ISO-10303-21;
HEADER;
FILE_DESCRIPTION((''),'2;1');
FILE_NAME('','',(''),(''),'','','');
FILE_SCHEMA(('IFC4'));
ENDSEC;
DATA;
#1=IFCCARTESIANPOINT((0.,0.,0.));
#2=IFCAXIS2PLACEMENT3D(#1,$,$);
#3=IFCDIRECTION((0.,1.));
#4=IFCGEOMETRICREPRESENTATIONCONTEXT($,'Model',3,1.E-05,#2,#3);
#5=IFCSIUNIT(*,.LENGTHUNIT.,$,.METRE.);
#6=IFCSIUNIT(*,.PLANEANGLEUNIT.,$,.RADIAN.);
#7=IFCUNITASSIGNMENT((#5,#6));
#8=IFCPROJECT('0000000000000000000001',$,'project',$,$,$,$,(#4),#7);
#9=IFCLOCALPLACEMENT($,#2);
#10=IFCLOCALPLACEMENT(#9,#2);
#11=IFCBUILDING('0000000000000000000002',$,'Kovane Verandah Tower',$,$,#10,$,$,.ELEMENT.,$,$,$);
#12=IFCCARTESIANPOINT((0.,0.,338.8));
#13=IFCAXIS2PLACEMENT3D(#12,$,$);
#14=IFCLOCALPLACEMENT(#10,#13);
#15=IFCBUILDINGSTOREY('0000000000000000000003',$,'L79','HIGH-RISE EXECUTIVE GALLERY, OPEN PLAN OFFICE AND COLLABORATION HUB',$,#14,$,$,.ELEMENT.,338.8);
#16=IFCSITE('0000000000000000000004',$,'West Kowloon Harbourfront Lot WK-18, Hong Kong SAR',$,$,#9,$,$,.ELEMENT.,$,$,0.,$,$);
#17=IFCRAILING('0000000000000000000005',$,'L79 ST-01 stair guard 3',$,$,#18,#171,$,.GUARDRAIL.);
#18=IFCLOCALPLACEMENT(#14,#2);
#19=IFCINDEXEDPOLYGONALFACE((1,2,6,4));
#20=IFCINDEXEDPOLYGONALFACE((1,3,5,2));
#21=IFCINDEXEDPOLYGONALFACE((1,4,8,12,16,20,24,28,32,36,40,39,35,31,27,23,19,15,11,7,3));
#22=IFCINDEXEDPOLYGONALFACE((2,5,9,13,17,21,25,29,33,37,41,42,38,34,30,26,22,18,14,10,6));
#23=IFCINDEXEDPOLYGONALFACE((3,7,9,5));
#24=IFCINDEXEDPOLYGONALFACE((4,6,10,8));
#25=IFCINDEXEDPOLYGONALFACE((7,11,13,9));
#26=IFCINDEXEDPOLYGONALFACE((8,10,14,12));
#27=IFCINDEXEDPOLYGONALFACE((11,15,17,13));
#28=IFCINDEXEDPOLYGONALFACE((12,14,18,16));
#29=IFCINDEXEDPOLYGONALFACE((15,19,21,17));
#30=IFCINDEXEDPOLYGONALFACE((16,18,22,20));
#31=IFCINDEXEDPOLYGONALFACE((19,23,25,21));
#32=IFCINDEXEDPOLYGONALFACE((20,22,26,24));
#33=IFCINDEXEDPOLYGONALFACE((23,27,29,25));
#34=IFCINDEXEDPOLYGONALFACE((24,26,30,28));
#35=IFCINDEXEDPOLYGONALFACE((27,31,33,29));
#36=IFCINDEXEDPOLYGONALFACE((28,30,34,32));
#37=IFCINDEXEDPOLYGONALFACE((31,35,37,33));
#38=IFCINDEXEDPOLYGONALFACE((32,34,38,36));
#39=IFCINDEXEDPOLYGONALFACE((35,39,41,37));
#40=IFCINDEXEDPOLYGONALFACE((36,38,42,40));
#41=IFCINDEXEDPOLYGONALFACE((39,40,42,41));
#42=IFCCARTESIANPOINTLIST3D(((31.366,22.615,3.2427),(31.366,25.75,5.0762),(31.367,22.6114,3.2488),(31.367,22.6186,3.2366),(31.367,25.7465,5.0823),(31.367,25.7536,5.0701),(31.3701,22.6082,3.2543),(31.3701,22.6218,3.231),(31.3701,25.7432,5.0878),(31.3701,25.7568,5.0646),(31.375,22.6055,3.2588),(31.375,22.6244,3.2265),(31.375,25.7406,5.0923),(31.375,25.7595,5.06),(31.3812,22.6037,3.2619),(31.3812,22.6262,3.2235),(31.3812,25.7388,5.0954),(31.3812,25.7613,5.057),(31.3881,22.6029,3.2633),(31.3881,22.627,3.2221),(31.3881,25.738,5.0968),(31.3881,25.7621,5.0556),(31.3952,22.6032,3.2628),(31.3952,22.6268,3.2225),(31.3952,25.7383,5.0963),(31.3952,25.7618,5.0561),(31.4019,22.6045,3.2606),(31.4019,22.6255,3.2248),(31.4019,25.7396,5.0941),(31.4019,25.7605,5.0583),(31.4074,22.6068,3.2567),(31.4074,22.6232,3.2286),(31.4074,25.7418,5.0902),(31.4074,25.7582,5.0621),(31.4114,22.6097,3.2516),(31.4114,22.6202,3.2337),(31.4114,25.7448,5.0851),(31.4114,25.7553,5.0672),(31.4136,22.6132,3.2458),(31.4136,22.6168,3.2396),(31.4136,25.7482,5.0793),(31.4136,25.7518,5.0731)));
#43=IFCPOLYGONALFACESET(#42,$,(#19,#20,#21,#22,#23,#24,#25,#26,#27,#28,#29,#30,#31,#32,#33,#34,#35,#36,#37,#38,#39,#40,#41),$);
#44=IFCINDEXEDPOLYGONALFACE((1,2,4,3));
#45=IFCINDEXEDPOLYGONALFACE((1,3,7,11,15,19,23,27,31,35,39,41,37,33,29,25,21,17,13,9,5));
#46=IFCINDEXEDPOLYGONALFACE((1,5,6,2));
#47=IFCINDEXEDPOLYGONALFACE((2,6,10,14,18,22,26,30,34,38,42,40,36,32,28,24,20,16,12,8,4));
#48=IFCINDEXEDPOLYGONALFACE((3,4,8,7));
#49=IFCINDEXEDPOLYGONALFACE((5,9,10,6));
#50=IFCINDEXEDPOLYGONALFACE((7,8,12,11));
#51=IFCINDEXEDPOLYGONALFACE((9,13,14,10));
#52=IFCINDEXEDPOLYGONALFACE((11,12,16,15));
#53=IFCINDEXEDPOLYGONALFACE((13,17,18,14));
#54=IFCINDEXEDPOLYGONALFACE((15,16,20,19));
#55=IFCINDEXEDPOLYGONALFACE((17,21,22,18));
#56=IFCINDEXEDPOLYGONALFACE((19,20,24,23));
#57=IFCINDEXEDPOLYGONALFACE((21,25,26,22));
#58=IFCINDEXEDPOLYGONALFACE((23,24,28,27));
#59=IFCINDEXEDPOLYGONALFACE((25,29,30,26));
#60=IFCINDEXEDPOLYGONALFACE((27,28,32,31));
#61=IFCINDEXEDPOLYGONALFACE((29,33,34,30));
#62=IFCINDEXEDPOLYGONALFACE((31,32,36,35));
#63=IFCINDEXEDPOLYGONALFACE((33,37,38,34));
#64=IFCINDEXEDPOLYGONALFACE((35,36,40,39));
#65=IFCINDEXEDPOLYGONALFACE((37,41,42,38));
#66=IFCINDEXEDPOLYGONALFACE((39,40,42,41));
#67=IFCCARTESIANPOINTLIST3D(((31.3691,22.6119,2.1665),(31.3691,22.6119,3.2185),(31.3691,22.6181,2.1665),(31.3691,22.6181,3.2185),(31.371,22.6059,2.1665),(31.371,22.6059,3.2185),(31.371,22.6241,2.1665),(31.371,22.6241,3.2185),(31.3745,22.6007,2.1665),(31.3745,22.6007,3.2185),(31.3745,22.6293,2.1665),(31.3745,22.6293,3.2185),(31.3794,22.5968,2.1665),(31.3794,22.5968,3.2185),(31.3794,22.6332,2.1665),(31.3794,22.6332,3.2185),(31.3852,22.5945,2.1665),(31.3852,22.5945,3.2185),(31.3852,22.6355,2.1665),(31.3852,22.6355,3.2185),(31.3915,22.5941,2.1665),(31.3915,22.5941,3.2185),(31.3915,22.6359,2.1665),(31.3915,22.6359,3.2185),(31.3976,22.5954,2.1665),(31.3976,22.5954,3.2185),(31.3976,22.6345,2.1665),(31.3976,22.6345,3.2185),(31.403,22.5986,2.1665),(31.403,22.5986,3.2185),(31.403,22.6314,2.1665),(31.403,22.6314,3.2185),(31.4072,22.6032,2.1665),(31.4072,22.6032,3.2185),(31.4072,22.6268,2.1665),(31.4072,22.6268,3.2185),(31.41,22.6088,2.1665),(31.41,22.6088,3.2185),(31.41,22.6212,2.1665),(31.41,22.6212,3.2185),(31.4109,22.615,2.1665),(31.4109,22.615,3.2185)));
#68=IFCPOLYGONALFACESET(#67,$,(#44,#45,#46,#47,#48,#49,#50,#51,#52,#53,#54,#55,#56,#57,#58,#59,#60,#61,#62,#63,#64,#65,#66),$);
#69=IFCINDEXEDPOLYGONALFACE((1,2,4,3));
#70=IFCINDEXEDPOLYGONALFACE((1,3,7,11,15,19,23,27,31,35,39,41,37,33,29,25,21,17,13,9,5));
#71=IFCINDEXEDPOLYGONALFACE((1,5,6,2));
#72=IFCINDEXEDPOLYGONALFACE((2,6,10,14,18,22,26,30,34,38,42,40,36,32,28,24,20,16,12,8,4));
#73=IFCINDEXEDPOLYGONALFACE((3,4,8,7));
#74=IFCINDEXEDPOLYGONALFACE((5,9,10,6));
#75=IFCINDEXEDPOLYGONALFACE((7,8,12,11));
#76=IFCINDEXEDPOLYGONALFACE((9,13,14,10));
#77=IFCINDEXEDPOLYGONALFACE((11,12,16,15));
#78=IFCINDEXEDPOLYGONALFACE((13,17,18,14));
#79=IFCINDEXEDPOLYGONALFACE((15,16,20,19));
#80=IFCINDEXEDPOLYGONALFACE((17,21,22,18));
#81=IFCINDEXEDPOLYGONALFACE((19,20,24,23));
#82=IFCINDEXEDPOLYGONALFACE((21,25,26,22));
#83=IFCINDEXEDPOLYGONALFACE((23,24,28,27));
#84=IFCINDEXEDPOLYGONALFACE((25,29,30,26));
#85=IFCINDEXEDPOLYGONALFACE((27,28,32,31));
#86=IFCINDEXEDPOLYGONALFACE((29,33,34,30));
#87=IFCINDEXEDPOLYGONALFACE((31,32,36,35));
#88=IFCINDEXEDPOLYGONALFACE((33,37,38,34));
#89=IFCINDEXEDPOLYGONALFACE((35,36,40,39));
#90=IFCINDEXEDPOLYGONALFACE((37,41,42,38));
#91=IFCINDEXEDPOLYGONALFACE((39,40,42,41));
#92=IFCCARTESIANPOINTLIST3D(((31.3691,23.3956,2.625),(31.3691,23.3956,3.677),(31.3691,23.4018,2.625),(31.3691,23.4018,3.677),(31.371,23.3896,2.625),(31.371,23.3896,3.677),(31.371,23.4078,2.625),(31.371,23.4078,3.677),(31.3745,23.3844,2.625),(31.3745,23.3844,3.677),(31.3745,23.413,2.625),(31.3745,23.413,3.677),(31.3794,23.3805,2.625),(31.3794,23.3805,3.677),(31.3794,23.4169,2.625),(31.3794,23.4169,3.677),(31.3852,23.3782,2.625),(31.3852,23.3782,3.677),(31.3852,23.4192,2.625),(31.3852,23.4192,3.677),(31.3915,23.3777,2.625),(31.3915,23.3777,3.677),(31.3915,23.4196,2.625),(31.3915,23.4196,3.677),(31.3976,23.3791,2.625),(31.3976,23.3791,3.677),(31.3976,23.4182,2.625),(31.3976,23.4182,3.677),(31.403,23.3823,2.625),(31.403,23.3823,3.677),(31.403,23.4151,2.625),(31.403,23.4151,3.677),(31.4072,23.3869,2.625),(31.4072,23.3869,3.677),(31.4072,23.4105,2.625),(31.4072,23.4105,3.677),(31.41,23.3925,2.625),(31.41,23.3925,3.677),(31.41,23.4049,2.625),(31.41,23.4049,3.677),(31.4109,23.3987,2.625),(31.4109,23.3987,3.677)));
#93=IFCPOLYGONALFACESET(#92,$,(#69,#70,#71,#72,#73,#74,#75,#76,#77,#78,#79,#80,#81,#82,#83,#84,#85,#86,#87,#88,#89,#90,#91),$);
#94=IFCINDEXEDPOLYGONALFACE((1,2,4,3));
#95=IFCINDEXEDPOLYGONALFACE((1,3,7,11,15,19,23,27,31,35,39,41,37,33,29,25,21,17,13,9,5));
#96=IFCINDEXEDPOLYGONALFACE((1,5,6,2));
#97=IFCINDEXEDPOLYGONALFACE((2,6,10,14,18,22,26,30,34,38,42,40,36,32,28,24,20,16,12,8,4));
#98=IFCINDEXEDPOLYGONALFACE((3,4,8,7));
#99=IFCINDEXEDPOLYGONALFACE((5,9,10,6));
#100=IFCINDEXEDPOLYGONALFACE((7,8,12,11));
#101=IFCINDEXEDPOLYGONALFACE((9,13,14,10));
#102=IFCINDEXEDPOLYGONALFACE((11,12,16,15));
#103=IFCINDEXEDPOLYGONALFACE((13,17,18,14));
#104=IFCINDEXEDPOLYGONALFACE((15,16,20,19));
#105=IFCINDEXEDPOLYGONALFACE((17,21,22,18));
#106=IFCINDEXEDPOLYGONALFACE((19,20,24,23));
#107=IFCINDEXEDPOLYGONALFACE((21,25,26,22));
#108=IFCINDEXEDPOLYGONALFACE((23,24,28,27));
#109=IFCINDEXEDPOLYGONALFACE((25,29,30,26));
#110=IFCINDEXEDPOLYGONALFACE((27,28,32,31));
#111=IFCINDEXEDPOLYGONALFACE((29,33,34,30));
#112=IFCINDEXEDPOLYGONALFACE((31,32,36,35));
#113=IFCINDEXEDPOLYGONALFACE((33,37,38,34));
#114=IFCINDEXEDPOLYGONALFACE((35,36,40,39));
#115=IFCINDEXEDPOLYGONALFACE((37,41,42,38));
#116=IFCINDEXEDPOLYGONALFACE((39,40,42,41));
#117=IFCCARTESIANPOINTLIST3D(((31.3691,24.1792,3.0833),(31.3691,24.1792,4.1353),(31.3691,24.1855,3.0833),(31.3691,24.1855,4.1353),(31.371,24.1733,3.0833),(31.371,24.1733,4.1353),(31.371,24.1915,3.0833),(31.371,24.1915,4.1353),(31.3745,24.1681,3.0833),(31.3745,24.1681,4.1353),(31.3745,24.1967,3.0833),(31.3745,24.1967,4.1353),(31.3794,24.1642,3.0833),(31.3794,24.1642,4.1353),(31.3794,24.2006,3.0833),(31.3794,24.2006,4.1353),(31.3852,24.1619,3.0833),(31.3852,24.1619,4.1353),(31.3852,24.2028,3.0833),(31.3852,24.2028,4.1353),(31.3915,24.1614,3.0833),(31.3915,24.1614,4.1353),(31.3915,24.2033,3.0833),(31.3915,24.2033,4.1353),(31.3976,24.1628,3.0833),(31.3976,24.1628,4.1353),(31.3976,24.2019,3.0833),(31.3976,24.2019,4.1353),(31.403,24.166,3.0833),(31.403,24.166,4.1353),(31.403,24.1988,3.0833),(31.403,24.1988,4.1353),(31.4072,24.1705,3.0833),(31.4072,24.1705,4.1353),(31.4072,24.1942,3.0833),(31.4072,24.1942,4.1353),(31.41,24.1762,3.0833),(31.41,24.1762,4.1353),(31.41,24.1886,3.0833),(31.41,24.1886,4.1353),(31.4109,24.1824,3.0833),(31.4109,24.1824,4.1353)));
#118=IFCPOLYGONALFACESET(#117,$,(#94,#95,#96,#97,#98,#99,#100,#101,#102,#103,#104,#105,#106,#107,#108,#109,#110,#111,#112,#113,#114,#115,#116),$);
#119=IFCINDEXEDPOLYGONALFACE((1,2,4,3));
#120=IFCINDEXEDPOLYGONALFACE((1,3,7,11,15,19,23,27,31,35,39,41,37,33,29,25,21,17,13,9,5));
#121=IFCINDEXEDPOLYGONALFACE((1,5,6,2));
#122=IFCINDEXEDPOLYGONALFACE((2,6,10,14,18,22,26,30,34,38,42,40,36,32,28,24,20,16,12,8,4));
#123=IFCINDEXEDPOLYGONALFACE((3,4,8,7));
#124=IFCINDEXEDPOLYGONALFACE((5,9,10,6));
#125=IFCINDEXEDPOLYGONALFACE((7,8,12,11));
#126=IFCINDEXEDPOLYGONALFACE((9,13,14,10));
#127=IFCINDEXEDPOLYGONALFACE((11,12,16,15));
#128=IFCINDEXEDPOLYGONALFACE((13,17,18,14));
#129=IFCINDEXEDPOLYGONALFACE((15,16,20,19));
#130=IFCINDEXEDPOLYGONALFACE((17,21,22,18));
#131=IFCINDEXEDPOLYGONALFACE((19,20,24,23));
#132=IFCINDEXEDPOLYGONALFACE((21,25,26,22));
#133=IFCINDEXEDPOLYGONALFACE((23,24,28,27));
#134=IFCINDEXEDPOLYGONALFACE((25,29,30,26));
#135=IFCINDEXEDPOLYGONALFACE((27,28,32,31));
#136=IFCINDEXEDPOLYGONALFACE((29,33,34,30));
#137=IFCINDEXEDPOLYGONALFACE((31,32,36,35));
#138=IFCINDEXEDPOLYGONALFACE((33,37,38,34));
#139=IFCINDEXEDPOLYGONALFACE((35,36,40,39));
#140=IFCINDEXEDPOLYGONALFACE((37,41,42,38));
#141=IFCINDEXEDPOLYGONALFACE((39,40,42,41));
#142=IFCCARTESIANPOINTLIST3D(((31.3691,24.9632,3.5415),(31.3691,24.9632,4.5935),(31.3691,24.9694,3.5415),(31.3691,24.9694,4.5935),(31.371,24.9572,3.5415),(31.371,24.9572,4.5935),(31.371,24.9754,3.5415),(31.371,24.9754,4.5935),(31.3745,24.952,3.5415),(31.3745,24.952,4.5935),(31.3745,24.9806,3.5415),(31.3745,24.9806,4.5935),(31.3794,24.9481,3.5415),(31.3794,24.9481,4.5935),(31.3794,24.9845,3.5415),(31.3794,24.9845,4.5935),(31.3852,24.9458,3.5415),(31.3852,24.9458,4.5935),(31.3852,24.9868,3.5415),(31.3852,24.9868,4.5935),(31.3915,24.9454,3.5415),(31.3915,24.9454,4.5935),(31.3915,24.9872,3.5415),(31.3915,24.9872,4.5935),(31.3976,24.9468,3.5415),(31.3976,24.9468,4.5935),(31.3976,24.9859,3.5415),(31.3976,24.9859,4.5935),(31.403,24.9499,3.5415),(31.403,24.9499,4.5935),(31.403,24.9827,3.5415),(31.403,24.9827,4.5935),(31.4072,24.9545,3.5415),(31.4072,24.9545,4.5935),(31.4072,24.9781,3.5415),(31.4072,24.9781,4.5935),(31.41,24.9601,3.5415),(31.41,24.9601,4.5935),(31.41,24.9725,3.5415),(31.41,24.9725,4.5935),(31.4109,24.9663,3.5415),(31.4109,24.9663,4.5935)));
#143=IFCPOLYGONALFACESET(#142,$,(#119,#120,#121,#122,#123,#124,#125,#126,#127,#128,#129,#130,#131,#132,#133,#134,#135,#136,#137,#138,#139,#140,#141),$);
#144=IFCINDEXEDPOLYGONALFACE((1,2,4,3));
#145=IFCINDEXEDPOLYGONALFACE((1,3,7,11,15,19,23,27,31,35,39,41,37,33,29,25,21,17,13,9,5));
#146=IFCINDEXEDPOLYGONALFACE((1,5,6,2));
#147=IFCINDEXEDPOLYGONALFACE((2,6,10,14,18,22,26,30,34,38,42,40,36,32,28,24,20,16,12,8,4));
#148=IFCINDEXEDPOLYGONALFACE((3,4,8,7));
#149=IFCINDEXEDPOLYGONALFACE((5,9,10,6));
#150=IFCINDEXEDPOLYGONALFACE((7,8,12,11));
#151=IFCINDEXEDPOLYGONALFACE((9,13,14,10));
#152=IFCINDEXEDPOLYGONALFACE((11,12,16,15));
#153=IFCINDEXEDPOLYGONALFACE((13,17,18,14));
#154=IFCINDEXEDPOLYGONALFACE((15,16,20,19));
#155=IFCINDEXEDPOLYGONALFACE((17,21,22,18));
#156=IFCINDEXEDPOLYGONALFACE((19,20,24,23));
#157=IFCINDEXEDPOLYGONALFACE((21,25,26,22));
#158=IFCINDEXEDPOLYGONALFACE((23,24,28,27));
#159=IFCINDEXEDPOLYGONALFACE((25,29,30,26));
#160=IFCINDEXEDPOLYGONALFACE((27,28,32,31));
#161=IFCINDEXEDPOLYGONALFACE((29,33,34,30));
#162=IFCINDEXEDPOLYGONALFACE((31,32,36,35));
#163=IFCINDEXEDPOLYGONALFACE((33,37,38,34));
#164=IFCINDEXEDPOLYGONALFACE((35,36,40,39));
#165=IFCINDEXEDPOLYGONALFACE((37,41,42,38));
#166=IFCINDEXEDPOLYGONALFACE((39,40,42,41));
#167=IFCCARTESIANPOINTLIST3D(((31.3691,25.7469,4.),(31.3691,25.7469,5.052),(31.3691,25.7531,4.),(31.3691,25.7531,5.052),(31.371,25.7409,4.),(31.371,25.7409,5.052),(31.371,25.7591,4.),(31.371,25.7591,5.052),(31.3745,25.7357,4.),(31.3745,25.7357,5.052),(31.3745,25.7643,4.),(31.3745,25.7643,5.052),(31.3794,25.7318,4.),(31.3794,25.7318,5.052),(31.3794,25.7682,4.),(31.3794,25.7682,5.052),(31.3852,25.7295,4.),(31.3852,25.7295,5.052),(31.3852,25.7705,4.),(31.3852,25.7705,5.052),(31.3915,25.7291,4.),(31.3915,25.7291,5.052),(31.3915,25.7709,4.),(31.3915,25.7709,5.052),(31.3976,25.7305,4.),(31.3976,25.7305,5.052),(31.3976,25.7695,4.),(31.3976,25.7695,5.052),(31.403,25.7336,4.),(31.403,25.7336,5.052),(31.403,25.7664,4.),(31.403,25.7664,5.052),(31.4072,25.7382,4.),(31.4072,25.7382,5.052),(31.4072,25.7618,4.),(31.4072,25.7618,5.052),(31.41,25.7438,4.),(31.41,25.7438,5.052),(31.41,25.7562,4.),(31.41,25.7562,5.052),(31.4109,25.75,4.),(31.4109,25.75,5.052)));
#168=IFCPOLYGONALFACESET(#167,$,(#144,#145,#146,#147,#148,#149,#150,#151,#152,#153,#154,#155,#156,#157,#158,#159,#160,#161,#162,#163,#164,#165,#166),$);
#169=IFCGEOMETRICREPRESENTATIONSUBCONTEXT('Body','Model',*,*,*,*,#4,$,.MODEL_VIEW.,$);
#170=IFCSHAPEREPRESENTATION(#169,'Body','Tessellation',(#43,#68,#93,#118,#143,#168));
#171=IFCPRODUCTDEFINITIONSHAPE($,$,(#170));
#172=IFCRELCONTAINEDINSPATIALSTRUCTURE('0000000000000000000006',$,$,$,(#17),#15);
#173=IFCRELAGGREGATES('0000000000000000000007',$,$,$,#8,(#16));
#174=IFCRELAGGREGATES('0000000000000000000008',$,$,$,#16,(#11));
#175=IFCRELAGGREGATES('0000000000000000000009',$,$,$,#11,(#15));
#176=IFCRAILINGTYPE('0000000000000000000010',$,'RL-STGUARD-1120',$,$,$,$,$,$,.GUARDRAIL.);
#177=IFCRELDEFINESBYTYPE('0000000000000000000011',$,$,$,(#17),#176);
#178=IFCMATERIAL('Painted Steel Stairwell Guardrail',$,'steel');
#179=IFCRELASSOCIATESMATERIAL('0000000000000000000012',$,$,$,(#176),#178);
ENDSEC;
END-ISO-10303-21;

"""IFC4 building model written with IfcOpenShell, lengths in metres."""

from ifc_helpers import new_model, si_unit, direction, frame, origin, origin_2d, place, context, subcontext, project, spatial, circle, extrude, material, type_object, element, save


model = new_model("IFC4")

# Units and contexts
model_context = context("Model", 3, precision=1e-05, world=origin(), true_north=direction((0.0, 1.0)))
body_context = subcontext(model_context, "Body", "Model", "MODEL_VIEW")
ifc_project = project(units=[si_unit("LENGTHUNIT", "METRE"), si_unit("PLANEANGLEUNIT", "RADIAN")], contexts=[model_context])

# Site, building, storey
site_placement = place(None, origin())
site = spatial("IfcSite", under=ifc_project, at=site_placement, Name="West Kowloon Harbourfront Lot WK-18, Hong Kong SAR", CompositionType="ELEMENT", RefElevation=0.0)
building_placement = place(site_placement, origin())
building = spatial("IfcBuilding", under=site, at=building_placement, Name="Kovane Verandah Tower", CompositionType="ELEMENT")
storey_placement = place(building_placement, frame((0.0, 0.0, 338.8)))
storey = spatial("IfcBuildingStorey", under=building, at=storey_placement, Name="L79", Description="HIGH-RISE EXECUTIVE GALLERY, OPEN PLAN OFFICE AND COLLABORATION HUB", CompositionType="ELEMENT", Elevation=338.8)

# Railing
ifc_material_1 = material(Name="Painted Steel Stairwell Guardrail", Category="steel")
railing_type_1 = type_object("IfcRailingType", Name="RL-STGUARD-1120", PredefinedType="GUARDRAIL", material=ifc_material_1)
railing_1_placement = place(storey_placement, frame((31.3899, 22.615, 2.1665)))
element("IfcRailing", 1, at=railing_1_placement, inside=storey, type_object=railing_type_1, Name="L79 ST-01 stair guard 3", PredefinedType="GUARDRAIL", context=body_context, shape_type="SweptSolid", body=[
    extrude(circle(Radius=0.0239, at=origin_2d()), frame((0.0, 0.0, 1.0762), z_axis=(0.0, 0.86321, 0.504845), x_axis=(-1.0, 0.0, 0.0)), (0.0, 0.0, 1.0), 3.6318),
    extrude(circle(Radius=0.021, at=origin_2d()), origin(), (0.0, 0.0, 1.0), 1.052),
    extrude(circle(Radius=0.021, at=origin_2d()), frame((0.0, 0.7837, 0.4585)), (0.0, 0.0, 1.0), 1.052),
    extrude(circle(Radius=0.021, at=origin_2d()), frame((0.0, 1.5674, 0.9167)), (0.0, 0.0, 1.0), 1.052),
    extrude(circle(Radius=0.021, at=origin_2d()), frame((0.0, 2.3513, 1.375)), (0.0, 0.0, 1.0), 1.052),
    extrude(circle(Radius=0.021, at=origin_2d()), frame((0.0, 3.135, 1.8335)), (0.0, 0.0, 1.0), 1.052),
])

save(model, "model.ifc")
